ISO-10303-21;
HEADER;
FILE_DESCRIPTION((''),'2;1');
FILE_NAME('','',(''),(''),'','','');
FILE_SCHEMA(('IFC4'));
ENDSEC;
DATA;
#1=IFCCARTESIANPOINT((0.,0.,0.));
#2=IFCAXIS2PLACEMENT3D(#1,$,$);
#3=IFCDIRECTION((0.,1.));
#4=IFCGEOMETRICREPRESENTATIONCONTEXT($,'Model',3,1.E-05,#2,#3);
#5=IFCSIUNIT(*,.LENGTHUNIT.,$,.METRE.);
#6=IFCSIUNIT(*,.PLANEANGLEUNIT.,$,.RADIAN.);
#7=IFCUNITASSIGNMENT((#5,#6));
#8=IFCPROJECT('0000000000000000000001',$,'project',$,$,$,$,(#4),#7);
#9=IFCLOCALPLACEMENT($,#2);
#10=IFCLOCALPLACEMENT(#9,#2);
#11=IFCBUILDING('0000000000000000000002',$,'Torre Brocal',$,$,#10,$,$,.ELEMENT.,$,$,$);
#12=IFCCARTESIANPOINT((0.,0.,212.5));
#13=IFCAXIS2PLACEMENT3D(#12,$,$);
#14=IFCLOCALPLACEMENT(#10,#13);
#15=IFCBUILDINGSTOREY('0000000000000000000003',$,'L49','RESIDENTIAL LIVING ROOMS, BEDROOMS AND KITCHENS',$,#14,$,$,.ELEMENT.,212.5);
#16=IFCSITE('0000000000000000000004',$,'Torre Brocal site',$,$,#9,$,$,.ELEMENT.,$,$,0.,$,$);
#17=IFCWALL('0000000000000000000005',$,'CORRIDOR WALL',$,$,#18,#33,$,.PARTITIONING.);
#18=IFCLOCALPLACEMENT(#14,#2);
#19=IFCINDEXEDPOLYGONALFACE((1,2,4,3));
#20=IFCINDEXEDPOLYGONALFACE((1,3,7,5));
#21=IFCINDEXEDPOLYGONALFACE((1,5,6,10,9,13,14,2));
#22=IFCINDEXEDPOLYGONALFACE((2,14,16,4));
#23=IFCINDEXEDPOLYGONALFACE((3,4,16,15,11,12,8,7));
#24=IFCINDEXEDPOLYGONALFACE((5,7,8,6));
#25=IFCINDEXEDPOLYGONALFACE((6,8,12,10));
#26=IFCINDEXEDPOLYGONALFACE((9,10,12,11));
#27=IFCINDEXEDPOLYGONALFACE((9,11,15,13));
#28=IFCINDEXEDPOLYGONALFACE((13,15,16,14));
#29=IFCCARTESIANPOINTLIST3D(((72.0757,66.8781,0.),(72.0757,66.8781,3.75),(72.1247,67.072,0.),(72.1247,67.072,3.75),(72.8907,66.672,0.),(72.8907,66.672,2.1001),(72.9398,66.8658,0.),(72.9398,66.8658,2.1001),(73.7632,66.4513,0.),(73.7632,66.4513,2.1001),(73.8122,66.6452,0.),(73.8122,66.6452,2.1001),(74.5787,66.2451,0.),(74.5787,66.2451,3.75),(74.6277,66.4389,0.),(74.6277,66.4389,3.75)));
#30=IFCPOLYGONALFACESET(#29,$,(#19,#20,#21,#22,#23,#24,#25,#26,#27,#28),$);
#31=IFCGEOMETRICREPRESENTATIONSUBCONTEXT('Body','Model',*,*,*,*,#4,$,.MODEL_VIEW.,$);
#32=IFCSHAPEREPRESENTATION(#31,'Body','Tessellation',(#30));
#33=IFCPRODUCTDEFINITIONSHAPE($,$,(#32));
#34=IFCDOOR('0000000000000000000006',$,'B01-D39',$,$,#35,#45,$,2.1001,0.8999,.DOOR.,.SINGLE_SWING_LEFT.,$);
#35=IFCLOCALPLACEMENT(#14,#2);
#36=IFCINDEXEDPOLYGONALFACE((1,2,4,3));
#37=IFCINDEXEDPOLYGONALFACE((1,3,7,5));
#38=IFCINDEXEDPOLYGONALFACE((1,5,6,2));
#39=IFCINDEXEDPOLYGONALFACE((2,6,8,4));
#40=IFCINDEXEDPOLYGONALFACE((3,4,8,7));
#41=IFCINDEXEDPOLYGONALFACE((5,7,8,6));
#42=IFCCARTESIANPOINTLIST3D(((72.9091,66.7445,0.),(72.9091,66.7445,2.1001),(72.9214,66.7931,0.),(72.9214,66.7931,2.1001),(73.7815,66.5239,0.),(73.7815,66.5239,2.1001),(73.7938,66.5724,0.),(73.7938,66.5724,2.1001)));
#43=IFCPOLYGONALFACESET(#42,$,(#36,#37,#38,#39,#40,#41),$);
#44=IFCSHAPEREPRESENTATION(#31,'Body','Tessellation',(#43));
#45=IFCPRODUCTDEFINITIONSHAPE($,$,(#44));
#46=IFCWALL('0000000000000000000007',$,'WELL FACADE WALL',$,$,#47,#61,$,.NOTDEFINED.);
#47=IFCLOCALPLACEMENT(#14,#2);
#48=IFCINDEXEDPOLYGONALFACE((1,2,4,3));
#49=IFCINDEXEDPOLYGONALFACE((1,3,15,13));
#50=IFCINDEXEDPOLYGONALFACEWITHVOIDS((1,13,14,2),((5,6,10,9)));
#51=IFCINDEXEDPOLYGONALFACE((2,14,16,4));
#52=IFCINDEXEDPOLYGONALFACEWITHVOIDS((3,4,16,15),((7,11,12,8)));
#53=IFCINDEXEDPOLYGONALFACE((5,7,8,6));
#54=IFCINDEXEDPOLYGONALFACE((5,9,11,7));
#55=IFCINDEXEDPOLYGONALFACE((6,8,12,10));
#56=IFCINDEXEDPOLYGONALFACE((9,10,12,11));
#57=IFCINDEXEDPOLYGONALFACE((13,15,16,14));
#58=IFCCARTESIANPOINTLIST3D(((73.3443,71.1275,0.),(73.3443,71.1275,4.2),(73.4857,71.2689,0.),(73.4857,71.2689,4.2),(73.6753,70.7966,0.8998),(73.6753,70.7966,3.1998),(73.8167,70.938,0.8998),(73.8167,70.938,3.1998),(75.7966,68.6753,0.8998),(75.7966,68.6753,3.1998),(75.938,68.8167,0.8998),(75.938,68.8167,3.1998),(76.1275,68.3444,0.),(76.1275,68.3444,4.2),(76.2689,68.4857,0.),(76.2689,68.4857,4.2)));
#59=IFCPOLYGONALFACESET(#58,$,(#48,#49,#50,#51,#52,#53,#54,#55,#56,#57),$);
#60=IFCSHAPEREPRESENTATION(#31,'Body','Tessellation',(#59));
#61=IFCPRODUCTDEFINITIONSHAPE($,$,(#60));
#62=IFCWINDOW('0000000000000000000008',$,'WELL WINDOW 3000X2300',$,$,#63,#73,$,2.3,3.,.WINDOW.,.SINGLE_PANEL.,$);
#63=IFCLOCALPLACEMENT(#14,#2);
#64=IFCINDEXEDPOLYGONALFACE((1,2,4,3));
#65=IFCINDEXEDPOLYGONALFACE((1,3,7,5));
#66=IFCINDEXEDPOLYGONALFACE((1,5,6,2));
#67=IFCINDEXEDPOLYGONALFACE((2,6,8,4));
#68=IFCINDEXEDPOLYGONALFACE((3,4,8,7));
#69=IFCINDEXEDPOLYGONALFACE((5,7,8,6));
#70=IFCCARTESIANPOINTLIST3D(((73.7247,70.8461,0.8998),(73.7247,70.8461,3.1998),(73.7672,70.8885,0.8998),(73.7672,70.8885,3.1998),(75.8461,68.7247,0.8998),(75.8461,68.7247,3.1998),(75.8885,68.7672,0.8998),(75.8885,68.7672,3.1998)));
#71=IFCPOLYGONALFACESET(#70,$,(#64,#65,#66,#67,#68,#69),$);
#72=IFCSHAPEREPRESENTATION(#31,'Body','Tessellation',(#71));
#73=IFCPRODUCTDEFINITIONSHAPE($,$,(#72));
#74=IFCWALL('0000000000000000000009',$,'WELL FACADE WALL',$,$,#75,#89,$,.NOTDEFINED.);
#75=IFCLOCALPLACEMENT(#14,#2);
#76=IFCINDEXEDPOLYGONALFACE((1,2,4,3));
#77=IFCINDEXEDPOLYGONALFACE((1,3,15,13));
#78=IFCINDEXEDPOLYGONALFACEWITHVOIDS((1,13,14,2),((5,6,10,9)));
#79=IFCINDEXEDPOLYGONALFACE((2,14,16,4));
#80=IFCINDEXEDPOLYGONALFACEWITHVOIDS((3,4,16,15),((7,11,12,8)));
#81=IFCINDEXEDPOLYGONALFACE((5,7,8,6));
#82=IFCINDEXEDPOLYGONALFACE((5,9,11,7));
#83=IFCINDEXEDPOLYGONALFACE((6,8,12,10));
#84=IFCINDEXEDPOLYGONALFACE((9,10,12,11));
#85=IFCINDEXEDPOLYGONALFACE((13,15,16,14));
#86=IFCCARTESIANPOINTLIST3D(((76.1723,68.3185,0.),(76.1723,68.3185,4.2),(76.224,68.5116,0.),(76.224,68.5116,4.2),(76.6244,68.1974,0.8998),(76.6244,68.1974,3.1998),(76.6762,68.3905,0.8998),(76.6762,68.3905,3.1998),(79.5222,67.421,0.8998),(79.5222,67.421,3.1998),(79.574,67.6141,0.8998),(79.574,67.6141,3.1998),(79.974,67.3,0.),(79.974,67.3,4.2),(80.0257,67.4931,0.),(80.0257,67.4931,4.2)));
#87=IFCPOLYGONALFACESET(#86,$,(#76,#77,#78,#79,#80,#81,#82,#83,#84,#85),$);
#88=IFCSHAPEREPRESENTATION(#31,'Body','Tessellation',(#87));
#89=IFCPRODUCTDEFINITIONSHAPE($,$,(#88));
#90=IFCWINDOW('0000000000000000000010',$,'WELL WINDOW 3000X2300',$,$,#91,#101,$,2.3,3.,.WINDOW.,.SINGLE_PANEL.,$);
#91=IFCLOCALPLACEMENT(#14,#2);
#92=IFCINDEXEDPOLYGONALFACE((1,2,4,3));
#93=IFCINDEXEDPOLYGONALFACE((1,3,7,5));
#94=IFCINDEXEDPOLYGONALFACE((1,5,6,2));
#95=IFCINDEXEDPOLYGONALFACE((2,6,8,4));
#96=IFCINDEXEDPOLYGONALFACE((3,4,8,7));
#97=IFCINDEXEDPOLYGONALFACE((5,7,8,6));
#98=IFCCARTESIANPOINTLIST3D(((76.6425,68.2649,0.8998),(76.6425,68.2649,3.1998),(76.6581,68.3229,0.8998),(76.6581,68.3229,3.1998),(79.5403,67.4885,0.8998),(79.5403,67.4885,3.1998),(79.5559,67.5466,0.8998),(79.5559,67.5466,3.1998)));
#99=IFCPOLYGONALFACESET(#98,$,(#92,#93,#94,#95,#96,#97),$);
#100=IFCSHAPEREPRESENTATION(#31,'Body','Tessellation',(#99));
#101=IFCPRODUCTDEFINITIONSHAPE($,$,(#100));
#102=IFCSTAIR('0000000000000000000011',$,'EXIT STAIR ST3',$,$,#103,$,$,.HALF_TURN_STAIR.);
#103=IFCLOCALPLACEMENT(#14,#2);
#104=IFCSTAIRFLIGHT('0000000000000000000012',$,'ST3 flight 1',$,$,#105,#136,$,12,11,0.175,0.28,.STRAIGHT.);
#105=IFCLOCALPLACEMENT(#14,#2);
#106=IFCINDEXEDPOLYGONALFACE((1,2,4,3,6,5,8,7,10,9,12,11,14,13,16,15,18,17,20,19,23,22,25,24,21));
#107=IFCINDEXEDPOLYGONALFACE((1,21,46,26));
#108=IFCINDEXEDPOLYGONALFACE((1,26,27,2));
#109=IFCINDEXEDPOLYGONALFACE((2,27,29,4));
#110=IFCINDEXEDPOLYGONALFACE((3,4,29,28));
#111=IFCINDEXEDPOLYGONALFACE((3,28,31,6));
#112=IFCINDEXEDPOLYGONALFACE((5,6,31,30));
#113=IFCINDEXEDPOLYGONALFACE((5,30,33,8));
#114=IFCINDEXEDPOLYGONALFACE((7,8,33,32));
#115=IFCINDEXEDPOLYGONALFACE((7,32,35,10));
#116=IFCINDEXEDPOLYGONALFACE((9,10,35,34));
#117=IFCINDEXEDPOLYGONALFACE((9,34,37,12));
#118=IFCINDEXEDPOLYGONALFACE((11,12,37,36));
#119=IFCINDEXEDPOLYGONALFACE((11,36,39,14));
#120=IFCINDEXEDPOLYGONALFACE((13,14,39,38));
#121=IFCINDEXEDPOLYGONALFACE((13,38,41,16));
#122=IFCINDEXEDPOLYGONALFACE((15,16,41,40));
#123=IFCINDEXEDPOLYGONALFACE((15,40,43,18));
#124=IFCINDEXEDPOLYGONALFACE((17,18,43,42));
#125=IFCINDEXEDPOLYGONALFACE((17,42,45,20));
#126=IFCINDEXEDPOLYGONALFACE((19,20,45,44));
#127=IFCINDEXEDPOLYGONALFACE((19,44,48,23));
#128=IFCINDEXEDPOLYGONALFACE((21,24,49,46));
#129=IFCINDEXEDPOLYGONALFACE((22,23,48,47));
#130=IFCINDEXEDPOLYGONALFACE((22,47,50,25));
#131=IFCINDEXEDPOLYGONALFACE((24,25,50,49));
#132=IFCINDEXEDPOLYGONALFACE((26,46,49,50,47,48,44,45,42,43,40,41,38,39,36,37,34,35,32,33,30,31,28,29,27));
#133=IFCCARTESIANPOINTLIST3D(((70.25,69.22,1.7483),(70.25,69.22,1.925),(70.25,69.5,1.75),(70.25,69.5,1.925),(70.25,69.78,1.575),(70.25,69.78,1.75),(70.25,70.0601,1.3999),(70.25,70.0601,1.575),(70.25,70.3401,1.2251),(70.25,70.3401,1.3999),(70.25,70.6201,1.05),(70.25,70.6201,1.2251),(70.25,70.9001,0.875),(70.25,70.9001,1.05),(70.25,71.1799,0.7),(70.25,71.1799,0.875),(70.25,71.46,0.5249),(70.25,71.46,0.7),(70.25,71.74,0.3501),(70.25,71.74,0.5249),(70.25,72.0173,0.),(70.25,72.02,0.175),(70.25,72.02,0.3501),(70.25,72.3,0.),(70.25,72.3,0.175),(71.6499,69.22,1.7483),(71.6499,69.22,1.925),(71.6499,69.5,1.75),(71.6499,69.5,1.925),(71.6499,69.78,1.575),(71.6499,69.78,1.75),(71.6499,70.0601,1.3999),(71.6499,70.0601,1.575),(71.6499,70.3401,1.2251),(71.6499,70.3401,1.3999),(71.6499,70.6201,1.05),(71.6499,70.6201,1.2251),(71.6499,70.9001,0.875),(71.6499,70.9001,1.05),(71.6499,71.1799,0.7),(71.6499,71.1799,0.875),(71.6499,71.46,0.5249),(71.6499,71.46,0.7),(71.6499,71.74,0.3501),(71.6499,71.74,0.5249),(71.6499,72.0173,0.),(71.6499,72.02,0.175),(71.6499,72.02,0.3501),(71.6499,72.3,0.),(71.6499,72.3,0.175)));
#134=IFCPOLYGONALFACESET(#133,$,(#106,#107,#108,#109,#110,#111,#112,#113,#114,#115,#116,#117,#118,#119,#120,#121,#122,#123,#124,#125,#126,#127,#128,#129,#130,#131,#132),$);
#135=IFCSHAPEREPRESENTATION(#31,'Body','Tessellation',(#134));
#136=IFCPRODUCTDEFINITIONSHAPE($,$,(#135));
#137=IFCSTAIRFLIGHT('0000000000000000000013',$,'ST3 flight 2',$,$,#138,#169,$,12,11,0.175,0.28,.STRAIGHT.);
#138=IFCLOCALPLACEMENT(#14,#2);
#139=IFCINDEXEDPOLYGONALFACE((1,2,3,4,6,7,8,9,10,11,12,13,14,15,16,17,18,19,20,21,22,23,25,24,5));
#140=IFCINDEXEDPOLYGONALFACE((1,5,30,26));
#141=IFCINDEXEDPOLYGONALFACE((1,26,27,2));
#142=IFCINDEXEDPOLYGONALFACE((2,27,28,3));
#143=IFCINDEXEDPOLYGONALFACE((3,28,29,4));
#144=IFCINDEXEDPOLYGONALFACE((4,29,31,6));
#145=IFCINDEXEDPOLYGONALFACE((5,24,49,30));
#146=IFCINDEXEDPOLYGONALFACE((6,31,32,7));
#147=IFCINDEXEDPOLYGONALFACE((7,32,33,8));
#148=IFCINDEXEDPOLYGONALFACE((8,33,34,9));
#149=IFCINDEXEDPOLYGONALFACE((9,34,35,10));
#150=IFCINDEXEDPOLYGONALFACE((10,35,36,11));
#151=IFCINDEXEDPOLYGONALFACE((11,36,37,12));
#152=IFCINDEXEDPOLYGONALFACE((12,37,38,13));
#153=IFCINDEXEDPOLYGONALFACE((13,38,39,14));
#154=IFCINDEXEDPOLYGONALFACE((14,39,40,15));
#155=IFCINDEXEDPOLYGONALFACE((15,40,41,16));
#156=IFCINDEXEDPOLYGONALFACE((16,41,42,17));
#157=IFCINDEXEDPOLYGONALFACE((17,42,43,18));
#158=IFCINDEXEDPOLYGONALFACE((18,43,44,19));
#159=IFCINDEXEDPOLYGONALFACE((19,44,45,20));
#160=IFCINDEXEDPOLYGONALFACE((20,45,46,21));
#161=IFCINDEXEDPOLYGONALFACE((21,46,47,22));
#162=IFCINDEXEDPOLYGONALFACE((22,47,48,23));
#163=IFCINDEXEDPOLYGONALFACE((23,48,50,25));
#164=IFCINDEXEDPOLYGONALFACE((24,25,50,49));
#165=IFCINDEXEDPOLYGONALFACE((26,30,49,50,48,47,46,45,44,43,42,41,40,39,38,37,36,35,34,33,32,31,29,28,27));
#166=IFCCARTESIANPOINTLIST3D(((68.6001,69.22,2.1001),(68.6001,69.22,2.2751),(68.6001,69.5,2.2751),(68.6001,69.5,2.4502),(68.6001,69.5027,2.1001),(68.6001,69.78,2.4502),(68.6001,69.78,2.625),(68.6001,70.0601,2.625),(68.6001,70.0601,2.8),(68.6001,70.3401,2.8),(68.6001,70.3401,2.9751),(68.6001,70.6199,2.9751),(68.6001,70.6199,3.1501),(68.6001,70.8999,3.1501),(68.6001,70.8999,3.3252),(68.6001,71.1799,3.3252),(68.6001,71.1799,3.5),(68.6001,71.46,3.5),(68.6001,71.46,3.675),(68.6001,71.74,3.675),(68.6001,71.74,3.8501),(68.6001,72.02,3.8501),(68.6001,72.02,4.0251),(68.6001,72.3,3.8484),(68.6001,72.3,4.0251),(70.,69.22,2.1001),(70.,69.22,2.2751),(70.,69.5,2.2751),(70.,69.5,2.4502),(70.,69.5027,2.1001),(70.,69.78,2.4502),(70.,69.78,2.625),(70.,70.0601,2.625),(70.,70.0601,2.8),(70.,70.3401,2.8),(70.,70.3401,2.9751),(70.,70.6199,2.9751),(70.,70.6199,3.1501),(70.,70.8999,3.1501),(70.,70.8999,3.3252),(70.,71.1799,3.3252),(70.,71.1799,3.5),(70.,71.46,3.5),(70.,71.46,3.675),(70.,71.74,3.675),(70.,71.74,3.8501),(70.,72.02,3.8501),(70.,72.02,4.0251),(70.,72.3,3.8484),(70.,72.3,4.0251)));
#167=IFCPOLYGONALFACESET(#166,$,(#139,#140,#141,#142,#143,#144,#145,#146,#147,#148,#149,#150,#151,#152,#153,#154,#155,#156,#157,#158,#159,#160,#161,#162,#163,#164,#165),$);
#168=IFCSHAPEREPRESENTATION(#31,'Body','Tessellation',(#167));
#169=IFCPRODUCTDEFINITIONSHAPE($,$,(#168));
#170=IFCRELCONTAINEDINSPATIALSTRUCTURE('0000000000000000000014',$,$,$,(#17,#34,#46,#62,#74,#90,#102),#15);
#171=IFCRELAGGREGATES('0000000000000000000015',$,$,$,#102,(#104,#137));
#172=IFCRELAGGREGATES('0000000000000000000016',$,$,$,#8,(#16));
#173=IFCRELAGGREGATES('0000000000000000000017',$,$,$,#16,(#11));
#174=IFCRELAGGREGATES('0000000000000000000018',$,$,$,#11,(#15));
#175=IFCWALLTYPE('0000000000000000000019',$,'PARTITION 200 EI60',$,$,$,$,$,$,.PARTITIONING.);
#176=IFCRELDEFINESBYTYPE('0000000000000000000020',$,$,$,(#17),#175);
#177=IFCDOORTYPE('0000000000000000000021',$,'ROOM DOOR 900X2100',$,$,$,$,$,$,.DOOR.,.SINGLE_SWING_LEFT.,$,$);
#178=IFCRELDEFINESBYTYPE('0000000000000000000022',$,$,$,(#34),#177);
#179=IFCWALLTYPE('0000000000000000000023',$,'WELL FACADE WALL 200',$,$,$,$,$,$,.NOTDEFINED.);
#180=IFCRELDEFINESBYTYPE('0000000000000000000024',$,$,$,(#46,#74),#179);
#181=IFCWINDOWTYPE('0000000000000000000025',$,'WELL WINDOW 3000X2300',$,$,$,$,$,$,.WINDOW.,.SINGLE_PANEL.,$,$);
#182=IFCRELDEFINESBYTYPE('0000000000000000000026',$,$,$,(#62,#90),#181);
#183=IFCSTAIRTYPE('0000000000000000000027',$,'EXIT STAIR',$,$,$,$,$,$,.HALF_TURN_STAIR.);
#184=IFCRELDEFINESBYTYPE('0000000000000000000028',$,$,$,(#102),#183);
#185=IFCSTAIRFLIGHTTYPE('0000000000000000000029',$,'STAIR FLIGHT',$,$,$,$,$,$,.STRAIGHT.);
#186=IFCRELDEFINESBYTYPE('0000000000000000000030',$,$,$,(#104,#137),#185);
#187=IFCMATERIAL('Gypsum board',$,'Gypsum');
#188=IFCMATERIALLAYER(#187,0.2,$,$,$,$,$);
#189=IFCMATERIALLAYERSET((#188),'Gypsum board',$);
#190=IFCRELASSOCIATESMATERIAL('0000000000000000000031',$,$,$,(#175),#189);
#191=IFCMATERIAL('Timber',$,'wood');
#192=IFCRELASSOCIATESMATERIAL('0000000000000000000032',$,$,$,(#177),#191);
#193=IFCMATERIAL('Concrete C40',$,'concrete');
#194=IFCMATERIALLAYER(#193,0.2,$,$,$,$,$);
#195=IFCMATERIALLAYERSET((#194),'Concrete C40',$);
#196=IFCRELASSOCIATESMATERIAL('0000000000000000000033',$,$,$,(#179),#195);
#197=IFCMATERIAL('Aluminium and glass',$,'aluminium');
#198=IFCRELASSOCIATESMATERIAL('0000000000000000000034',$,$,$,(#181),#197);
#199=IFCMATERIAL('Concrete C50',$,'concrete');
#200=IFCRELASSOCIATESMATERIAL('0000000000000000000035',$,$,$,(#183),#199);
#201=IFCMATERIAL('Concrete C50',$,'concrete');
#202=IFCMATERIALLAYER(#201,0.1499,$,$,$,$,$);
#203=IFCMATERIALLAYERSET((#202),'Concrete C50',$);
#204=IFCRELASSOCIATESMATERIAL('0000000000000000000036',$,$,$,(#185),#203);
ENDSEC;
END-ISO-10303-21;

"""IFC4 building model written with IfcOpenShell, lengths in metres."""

from ifc_helpers import new_model, si_unit, direction, frame, frame_2d, origin, place, context, subcontext, project, spatial, polyline, rectangle, outline, extrude, material, layer, layer_set, type_object, element, fill, aggregate, save


model = new_model("IFC4")

# Units and contexts
model_context = context("Model", 3, precision=1e-05, world=origin(), true_north=direction((0.0, 1.0)))
body_context = subcontext(model_context, "Body", "Model", "MODEL_VIEW")
ifc_project = project(units=[si_unit("LENGTHUNIT", "METRE"), si_unit("PLANEANGLEUNIT", "RADIAN")], contexts=[model_context])

# Site, building, storey
site_placement = place(None, origin())
site = spatial("IfcSite", under=ifc_project, at=site_placement, Name="Torre Brocal site", CompositionType="ELEMENT", RefElevation=0.0)
building_placement = place(site_placement, origin())
building = spatial("IfcBuilding", under=site, at=building_placement, Name="Torre Brocal", CompositionType="ELEMENT")
storey_placement = place(building_placement, frame((0.0, 0.0, 212.5)))
storey = spatial("IfcBuildingStorey", under=building, at=storey_placement, Name="L49", Description="RESIDENTIAL LIVING ROOMS, BEDROOMS AND KITCHENS", CompositionType="ELEMENT", Elevation=212.5)

# Wall, opening, door
ifc_material_1 = material(Name="Gypsum board", Category="Gypsum")
ifc_layer_1 = layer(ifc_material_1, 0.2)
ifc_layer_set_1 = layer_set([ifc_layer_1], Name="Gypsum board")
wall_type_1 = type_object("IfcWallType", Name="PARTITION 200 EI60", PredefinedType="PARTITIONING", material=ifc_layer_set_1)
wall_1_placement = place(storey_placement, frame((72.1001, 66.9751, 0.0), z_axis=(0.0, 0.0, 1.0), x_axis=(0.969471, -0.245205, 0.0)))
wall_1 = element("IfcWall", 1, at=wall_1_placement, inside=storey, type_object=wall_type_1, Name="CORRIDOR WALL", PredefinedType="PARTITIONING", context=body_context, shape_type="SweptSolid", body=[
    extrude(rectangle(XDim=2.5818, YDim=0.2, at=frame_2d((1.291, 0.0))), origin(), (0.0, 0.0, 1.0), 3.75),
])
opening_1_placement = place(wall_1_placement, frame((0.8408, 0.0, 0.0)))
opening_1 = element("IfcOpeningElement", 2, at=opening_1_placement, cuts=wall_1, PredefinedType="OPENING", context=body_context, shape_type="SweptSolid", body=[
    extrude(rectangle(XDim=0.8999, YDim=2.1001, at=frame_2d((0.45, 1.05))), frame((0.0, 0.1099, 0.0), z_axis=(0.0, -1.0, 0.0), x_axis=(1.0, 0.0, 0.0)), (0.0, 0.0, 1.0), 0.22),
])
ifc_material_2 = material(Name="Timber", Category="wood")
door_type_1 = type_object("IfcDoorType", Name="ROOM DOOR 900X2100", OperationType="SINGLE_SWING_LEFT", PredefinedType="DOOR", material=ifc_material_2)
door_1_placement = place(opening_1_placement, origin())
door_1 = element("IfcDoor", 3, at=door_1_placement, inside=storey, type_object=door_type_1, Name="B01-D39", OperationType="SINGLE_SWING_LEFT", OverallHeight=2.1001, OverallWidth=0.8999, PredefinedType="DOOR", context=body_context, shape_type="SweptSolid", body=[
    extrude(rectangle(XDim=0.8999, YDim=2.1001, at=frame_2d((0.45, 1.05))), frame((0.0, 0.0249, 0.0), z_axis=(0.0, -1.0, 0.0), x_axis=(1.0, 0.0, 0.0)), (0.0, 0.0, 1.0), 0.05),
])
fill(opening_1, door_1)

# Walls, openings, windows
ifc_material_3 = material(Name="Concrete C40", Category="concrete")
ifc_layer_2 = layer(ifc_material_3, 0.2)
ifc_layer_set_2 = layer_set([ifc_layer_2], Name="Concrete C40")
wall_type_2 = type_object("IfcWallType", Name="WELL FACADE WALL 200", PredefinedType="NOTDEFINED", material=ifc_layer_set_2)
wall_2_placement = place(storey_placement, frame((73.415, 71.1982, 0.0), z_axis=(0.0, 0.0, 1.0), x_axis=(0.707107, -0.707107, 0.0)))
wall_2 = element("IfcWall", 4, at=wall_2_placement, inside=storey, type_object=wall_type_2, Name="WELL FACADE WALL", PredefinedType="NOTDEFINED", context=body_context, shape_type="SweptSolid", body=[
    extrude(rectangle(XDim=3.936, YDim=0.2, at=frame_2d((1.968, 0.0))), origin(), (0.0, 0.0, 1.0), 4.2),
])
opening_2_placement = place(wall_2_placement, frame((0.468, 0.0, 0.8999)))
opening_2 = element("IfcOpeningElement", 5, at=opening_2_placement, cuts=wall_2, PredefinedType="OPENING", context=body_context, shape_type="SweptSolid", body=[
    extrude(rectangle(XDim=3.0, YDim=2.3, at=frame_2d((1.5, 1.1499))), frame((0.0, 0.1099, 0.0), z_axis=(0.0, -1.0, 0.0), x_axis=(1.0, 0.0, 0.0)), (0.0, 0.0, 1.0), 0.22),
])
ifc_material_4 = material(Name="Aluminium and glass", Category="aluminium")
window_type = type_object("IfcWindowType", Name="WELL WINDOW 3000X2300", PartitioningType="SINGLE_PANEL", PredefinedType="WINDOW", material=ifc_material_4)
window_1_placement = place(opening_2_placement, origin())
window_1 = element("IfcWindow", 6, at=window_1_placement, inside=storey, type_object=window_type, Name="WELL WINDOW 3000X2300", OverallHeight=2.3, OverallWidth=3.0, PartitioningType="SINGLE_PANEL", PredefinedType="WINDOW", context=body_context, shape_type="SweptSolid", body=[
    extrude(rectangle(XDim=3.0, YDim=2.3, at=frame_2d((1.5, 1.1499))), frame((0.0, 0.03, 0.0), z_axis=(0.0, -1.0, 0.0), x_axis=(1.0, 0.0, 0.0)), (0.0, 0.0, 1.0), 0.0601),
])
fill(opening_2, window_1)
wall_3_placement = place(storey_placement, frame((76.1982, 68.415, 0.0), z_axis=(0.0, 0.0, 1.0), x_axis=(0.965934, -0.25879, 0.0)))
wall_3 = element("IfcWall", 7, at=wall_3_placement, inside=storey, type_object=wall_type_2, Name="WELL FACADE WALL", PredefinedType="NOTDEFINED", context=body_context, shape_type="SweptSolid", body=[
    extrude(rectangle(XDim=3.9358, YDim=0.2, at=frame_2d((1.9678, 0.0))), origin(), (0.0, 0.0, 1.0), 4.2),
])
opening_3_placement = place(wall_3_placement, frame((0.468, 0.0, 0.8999)))
opening_3 = element("IfcOpeningElement", 8, at=opening_3_placement, cuts=wall_3, PredefinedType="OPENING", context=body_context, shape_type="SweptSolid", body=[
    extrude(rectangle(XDim=3.0, YDim=2.3, at=frame_2d((1.5, 1.1499))), frame((0.0, 0.1099, 0.0), z_axis=(0.0, -1.0, 0.0), x_axis=(1.0, 0.0, 0.0)), (0.0, 0.0, 1.0), 0.22),
])
window_2_placement = place(opening_3_placement, origin())
window_2 = element("IfcWindow", 9, at=window_2_placement, inside=storey, type_object=window_type, Name="WELL WINDOW 3000X2300", OverallHeight=2.3, OverallWidth=3.0, PartitioningType="SINGLE_PANEL", PredefinedType="WINDOW", context=body_context, shape_type="SweptSolid", body=[
    extrude(rectangle(XDim=3.0, YDim=2.3, at=frame_2d((1.5, 1.1499))), frame((0.0, 0.03, 0.0), z_axis=(0.0, -1.0, 0.0), x_axis=(1.0, 0.0, 0.0)), (0.0, 0.0, 1.0), 0.0601),
])
fill(opening_3, window_2)

# Stair, stair flights
ifc_material_5 = material(Name="Concrete C50", Category="concrete")
stair_type = type_object("IfcStairType", Name="EXIT STAIR", PredefinedType="HALF_TURN_STAIR", material=ifc_material_5)
stair_placement = place(storey_placement, origin())
stair = element("IfcStair", 10, at=stair_placement, inside=storey, type_object=stair_type, Name="EXIT STAIR ST3", PredefinedType="HALF_TURN_STAIR")
ifc_material_6 = material(Name="Concrete C50", Category="concrete")
ifc_layer_3 = layer(ifc_material_6, 0.1499)
ifc_layer_set_3 = layer_set([ifc_layer_3], Name="Concrete C50")
stair_flight_type = type_object("IfcStairFlightType", Name="STAIR FLIGHT", PredefinedType="STRAIGHT", material=ifc_layer_set_3)
stair_flight_1_placement = place(storey_placement, frame((70.95, 72.3, 0.0), z_axis=(0.0, 0.0, 1.0), x_axis=(0.0, -1.0, 0.0)))
stair_flight_1 = element("IfcStairFlight", 11, at=stair_flight_1_placement, type_object=stair_flight_type, Name="ST3 flight 1", NumberOfRisers=12, NumberOfTreads=11, PredefinedType="STRAIGHT", RiserHeight=0.175, TreadLength=0.28, context=body_context, shape_type="SweptSolid", body=[
    extrude(outline(polyline([(0.0, 0.0), (0.0, 0.175), (0.28, 0.175), (0.28, 0.3501), (0.5601, 0.3501), (0.5601, 0.5249), (0.8401, 0.5249), (0.8401, 0.7), (1.1201, 0.7), (1.1201, 0.875), (1.3999, 0.875), (1.3999, 1.05), (1.6799, 1.05), (1.6799, 1.2251), (1.96, 1.2251), (1.96, 1.3999), (2.24, 1.3999), (2.24, 1.575), (2.52, 1.575), (2.52, 1.75), (2.8, 1.75), (2.8, 1.925), (3.0801, 1.925), (3.0801, 2.1001), (3.0801, 1.7483), (0.2827, 0.0), (0.0, 0.0)])), frame((0.0, 0.7, 0.0), z_axis=(0.0, -1.0, 0.0), x_axis=(1.0, 0.0, 0.0)), (0.0, 0.0, 1.0), 1.3999),
])
stair_flight_2_placement = place(storey_placement, frame((69.3, 69.22, 2.1001), z_axis=(0.0, 0.0, 1.0), x_axis=(0.0, 1.0, 0.0)))
stair_flight_2 = element("IfcStairFlight", 12, at=stair_flight_2_placement, type_object=stair_flight_type, Name="ST3 flight 2", NumberOfRisers=12, NumberOfTreads=11, PredefinedType="STRAIGHT", RiserHeight=0.175, TreadLength=0.28, context=body_context, shape_type="SweptSolid", body=[
    extrude(outline(polyline([(0.0, 0.0), (0.0, 0.175), (0.28, 0.175), (0.28, 0.3501), (0.5601, 0.3501), (0.5601, 0.5249), (0.8401, 0.5249), (0.8401, 0.7), (1.1201, 0.7), (1.1201, 0.875), (1.3999, 0.875), (1.3999, 1.05), (1.6799, 1.05), (1.6799, 1.2251), (1.96, 1.2251), (1.96, 1.3999), (2.24, 1.3999), (2.24, 1.575), (2.52, 1.575), (2.52, 1.75), (2.8, 1.75), (2.8, 1.925), (3.0801, 1.925), (3.0801, 2.1001), (3.0801, 1.7483), (0.2827, 0.0), (0.0, 0.0)])), frame((0.0, 0.7, 0.0), z_axis=(0.0, -1.0, 0.0), x_axis=(1.0, 0.0, 0.0)), (0.0, 0.0, 1.0), 1.3999),
])
aggregate(stair, [stair_flight_1, stair_flight_2])

save(model, "model.ifc")
